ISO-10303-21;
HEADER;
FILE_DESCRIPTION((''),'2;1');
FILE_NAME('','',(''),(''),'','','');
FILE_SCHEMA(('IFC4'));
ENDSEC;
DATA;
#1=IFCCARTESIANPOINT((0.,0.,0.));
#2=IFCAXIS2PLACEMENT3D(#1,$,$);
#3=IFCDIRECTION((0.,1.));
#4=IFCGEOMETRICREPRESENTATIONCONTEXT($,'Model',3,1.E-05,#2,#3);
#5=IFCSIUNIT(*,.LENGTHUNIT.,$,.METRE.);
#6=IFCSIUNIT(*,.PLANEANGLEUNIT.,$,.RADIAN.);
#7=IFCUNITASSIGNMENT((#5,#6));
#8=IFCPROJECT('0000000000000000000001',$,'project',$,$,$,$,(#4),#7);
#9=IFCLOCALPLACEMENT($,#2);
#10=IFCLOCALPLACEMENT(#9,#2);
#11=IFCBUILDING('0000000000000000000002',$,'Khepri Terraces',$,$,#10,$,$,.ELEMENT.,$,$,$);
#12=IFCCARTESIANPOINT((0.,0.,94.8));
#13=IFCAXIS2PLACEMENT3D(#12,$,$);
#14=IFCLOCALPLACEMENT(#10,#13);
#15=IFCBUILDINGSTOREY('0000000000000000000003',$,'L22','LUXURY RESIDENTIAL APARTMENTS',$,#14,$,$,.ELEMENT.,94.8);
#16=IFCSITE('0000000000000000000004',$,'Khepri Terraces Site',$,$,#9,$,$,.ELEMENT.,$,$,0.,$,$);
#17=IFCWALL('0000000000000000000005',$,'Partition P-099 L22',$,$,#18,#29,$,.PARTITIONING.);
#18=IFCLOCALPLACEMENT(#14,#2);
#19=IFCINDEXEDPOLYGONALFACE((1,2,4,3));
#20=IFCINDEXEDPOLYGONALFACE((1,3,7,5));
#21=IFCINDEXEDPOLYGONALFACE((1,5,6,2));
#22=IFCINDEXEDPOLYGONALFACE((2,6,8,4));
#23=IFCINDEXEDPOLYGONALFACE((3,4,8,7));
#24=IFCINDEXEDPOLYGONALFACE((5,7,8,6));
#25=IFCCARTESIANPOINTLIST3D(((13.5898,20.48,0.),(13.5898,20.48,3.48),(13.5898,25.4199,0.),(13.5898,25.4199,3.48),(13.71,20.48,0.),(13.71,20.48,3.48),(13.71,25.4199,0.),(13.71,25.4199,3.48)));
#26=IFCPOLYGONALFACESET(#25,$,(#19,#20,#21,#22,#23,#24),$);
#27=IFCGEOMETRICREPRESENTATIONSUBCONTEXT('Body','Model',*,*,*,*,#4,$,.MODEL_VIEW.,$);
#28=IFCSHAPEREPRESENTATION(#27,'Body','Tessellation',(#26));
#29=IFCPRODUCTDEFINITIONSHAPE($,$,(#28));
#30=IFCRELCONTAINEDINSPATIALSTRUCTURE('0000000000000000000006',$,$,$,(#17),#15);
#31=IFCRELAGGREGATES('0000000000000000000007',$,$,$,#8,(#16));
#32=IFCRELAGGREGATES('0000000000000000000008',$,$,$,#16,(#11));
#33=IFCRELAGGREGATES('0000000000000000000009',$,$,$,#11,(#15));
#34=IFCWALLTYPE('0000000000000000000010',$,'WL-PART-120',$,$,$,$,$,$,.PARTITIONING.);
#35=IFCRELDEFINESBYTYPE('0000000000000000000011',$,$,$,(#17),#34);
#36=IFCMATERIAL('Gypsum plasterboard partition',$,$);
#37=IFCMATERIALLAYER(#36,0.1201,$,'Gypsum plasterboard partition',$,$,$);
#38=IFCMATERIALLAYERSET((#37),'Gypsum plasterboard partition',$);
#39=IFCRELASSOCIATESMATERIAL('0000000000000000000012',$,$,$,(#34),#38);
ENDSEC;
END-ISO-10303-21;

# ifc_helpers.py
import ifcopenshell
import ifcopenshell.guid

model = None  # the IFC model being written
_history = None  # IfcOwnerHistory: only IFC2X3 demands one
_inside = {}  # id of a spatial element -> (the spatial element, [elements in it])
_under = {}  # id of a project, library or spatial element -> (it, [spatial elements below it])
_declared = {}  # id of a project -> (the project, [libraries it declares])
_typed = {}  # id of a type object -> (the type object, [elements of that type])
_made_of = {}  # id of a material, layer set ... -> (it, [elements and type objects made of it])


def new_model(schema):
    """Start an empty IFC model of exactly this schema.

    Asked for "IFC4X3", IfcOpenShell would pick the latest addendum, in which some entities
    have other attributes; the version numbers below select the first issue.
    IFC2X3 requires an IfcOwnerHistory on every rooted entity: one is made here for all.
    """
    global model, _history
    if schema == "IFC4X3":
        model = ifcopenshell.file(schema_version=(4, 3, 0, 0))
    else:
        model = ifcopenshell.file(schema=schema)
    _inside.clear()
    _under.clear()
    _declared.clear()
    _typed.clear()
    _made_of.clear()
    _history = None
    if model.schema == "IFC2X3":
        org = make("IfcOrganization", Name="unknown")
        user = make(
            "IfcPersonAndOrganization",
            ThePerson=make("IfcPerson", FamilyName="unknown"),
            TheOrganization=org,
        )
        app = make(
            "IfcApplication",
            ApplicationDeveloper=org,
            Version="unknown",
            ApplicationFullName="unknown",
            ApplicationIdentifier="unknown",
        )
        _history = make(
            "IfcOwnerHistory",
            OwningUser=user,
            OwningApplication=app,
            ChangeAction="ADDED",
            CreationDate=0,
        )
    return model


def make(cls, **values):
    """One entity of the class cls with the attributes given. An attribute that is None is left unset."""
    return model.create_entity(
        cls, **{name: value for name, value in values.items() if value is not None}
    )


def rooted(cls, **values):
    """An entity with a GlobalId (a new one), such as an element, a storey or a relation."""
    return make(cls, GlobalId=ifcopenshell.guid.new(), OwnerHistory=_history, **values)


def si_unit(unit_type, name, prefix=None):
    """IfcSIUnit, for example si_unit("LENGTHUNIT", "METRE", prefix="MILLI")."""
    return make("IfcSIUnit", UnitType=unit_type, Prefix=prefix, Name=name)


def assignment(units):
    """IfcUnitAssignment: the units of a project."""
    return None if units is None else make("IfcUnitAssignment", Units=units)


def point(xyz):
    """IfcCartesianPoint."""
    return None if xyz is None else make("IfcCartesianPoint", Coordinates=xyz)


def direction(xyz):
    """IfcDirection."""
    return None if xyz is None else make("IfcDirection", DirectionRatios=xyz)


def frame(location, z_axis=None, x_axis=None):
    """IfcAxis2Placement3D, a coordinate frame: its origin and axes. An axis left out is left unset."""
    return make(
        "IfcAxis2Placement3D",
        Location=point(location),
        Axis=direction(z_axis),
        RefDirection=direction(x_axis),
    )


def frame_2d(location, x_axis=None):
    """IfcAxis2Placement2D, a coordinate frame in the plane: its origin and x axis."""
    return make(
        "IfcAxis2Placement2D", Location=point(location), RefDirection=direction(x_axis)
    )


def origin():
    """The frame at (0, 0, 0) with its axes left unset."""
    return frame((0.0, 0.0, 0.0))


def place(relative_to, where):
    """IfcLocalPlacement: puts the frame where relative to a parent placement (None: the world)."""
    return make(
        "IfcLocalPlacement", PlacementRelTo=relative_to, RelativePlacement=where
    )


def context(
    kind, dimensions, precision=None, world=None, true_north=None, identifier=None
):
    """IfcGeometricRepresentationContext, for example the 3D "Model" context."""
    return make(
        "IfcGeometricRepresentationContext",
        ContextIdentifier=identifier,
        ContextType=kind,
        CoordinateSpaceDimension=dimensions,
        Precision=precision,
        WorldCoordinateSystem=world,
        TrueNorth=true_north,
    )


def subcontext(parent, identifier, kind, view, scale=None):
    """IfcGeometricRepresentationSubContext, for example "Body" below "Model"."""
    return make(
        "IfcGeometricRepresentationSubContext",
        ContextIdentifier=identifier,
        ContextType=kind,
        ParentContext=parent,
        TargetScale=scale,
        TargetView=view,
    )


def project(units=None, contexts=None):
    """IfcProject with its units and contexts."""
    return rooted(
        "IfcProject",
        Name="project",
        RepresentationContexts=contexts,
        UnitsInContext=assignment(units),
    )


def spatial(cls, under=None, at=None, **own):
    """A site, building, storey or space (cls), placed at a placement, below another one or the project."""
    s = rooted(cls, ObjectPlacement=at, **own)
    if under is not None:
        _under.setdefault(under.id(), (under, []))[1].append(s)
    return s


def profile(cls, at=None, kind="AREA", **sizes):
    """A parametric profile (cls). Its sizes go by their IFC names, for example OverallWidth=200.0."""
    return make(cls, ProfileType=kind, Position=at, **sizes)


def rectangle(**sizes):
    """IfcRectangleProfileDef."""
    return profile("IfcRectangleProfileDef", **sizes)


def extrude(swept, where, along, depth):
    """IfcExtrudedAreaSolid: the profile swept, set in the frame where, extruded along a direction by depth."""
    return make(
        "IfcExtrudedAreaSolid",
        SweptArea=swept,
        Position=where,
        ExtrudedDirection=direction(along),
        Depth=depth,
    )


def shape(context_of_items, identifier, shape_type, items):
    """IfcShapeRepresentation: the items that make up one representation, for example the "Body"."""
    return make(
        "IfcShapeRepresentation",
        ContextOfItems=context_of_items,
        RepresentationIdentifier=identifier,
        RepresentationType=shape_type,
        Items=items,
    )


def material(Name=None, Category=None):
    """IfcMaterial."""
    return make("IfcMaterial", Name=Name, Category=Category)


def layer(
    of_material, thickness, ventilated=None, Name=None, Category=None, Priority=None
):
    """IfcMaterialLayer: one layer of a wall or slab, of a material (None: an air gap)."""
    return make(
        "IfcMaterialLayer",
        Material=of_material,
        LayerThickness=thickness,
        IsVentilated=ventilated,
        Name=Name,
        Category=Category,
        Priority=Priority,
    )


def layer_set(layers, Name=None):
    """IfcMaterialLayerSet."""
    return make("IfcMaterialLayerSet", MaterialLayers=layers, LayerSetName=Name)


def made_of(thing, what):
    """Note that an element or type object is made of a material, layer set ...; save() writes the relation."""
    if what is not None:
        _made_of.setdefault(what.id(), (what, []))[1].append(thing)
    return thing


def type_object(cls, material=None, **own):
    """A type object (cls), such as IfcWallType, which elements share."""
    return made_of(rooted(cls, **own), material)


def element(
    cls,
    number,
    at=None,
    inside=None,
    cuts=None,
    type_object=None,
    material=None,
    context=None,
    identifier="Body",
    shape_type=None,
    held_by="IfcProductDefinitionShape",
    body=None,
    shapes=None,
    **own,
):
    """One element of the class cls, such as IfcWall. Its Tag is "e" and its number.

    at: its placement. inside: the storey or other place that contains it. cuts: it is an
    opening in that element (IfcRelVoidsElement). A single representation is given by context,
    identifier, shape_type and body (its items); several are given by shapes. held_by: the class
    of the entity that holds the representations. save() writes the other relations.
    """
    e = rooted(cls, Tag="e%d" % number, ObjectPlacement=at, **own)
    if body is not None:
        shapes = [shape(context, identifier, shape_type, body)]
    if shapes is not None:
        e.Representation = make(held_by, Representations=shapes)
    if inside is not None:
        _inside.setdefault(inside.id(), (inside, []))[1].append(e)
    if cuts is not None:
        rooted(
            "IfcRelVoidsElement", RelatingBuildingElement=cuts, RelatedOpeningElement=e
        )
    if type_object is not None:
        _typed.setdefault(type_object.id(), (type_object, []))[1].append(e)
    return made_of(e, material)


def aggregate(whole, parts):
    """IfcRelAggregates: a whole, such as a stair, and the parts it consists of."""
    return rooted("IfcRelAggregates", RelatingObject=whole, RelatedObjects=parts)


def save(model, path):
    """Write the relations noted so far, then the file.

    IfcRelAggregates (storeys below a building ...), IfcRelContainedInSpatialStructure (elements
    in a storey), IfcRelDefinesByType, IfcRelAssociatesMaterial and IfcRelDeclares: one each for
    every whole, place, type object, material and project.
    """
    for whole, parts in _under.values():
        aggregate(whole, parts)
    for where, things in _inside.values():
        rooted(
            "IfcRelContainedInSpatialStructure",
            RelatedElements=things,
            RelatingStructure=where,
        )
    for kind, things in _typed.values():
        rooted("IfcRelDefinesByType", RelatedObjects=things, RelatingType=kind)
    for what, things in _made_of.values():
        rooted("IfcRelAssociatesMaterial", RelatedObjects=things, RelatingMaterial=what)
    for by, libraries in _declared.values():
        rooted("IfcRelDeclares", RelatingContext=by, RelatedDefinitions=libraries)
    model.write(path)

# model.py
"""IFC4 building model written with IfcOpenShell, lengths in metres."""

from ifc_helpers import new_model, si_unit, direction, frame, frame_2d, origin, place, context, subcontext, project, spatial, rectangle, extrude, material, layer, layer_set, type_object, element, save


model = new_model("IFC4")

# Units and contexts
model_context = context("Model", 3, precision=1e-05, world=origin(), true_north=direction((0.0, 1.0)))
body_context = subcontext(model_context, "Body", "Model", "MODEL_VIEW")
ifc_project = project(units=[si_unit("LENGTHUNIT", "METRE"), si_unit("PLANEANGLEUNIT", "RADIAN")], contexts=[model_context])

# Site, building, storey
site_placement = place(None, origin())
site = spatial("IfcSite", under=ifc_project, at=site_placement, Name="Khepri Terraces Site", CompositionType="ELEMENT", RefElevation=0.0)
building_placement = place(site_placement, origin())
building = spatial("IfcBuilding", under=site, at=building_placement, Name="Khepri Terraces", CompositionType="ELEMENT")
storey_placement = place(building_placement, frame((0.0, 0.0, 94.8)))
storey = spatial("IfcBuildingStorey", under=building, at=storey_placement, Name="L22", Description="LUXURY RESIDENTIAL APARTMENTS", CompositionType="ELEMENT", Elevation=94.8)

# Shared definitions
ifc_material_1 = material(Name="Gypsum plasterboard partition")
ifc_layer_1 = layer(ifc_material_1, 0.1201, Name="Gypsum plasterboard partition")
ifc_layer_set_1 = layer_set([ifc_layer_1], Name="Gypsum plasterboard partition")
wall_type_1 = type_object("IfcWallType", Name="WL-PART-120", PredefinedType="PARTITIONING", material=ifc_layer_set_1)

# Wall
wall_1_placement = place(storey_placement, frame((13.6499, 20.48, 0.0), z_axis=(0.0, 0.0, 1.0), x_axis=(0.0, 1.0, 0.0)))
element("IfcWall", 1, at=wall_1_placement, inside=storey, type_object=wall_type_1, Name="Partition P-099 L22", PredefinedType="PARTITIONING", context=body_context, shape_type="SweptSolid", body=[
    extrude(rectangle(XDim=4.9399, YDim=0.1201, at=frame_2d((2.47, 0.0))), origin(), (0.0, 0.0, 1.0), 3.48),
])

save(model, "model.ifc")
